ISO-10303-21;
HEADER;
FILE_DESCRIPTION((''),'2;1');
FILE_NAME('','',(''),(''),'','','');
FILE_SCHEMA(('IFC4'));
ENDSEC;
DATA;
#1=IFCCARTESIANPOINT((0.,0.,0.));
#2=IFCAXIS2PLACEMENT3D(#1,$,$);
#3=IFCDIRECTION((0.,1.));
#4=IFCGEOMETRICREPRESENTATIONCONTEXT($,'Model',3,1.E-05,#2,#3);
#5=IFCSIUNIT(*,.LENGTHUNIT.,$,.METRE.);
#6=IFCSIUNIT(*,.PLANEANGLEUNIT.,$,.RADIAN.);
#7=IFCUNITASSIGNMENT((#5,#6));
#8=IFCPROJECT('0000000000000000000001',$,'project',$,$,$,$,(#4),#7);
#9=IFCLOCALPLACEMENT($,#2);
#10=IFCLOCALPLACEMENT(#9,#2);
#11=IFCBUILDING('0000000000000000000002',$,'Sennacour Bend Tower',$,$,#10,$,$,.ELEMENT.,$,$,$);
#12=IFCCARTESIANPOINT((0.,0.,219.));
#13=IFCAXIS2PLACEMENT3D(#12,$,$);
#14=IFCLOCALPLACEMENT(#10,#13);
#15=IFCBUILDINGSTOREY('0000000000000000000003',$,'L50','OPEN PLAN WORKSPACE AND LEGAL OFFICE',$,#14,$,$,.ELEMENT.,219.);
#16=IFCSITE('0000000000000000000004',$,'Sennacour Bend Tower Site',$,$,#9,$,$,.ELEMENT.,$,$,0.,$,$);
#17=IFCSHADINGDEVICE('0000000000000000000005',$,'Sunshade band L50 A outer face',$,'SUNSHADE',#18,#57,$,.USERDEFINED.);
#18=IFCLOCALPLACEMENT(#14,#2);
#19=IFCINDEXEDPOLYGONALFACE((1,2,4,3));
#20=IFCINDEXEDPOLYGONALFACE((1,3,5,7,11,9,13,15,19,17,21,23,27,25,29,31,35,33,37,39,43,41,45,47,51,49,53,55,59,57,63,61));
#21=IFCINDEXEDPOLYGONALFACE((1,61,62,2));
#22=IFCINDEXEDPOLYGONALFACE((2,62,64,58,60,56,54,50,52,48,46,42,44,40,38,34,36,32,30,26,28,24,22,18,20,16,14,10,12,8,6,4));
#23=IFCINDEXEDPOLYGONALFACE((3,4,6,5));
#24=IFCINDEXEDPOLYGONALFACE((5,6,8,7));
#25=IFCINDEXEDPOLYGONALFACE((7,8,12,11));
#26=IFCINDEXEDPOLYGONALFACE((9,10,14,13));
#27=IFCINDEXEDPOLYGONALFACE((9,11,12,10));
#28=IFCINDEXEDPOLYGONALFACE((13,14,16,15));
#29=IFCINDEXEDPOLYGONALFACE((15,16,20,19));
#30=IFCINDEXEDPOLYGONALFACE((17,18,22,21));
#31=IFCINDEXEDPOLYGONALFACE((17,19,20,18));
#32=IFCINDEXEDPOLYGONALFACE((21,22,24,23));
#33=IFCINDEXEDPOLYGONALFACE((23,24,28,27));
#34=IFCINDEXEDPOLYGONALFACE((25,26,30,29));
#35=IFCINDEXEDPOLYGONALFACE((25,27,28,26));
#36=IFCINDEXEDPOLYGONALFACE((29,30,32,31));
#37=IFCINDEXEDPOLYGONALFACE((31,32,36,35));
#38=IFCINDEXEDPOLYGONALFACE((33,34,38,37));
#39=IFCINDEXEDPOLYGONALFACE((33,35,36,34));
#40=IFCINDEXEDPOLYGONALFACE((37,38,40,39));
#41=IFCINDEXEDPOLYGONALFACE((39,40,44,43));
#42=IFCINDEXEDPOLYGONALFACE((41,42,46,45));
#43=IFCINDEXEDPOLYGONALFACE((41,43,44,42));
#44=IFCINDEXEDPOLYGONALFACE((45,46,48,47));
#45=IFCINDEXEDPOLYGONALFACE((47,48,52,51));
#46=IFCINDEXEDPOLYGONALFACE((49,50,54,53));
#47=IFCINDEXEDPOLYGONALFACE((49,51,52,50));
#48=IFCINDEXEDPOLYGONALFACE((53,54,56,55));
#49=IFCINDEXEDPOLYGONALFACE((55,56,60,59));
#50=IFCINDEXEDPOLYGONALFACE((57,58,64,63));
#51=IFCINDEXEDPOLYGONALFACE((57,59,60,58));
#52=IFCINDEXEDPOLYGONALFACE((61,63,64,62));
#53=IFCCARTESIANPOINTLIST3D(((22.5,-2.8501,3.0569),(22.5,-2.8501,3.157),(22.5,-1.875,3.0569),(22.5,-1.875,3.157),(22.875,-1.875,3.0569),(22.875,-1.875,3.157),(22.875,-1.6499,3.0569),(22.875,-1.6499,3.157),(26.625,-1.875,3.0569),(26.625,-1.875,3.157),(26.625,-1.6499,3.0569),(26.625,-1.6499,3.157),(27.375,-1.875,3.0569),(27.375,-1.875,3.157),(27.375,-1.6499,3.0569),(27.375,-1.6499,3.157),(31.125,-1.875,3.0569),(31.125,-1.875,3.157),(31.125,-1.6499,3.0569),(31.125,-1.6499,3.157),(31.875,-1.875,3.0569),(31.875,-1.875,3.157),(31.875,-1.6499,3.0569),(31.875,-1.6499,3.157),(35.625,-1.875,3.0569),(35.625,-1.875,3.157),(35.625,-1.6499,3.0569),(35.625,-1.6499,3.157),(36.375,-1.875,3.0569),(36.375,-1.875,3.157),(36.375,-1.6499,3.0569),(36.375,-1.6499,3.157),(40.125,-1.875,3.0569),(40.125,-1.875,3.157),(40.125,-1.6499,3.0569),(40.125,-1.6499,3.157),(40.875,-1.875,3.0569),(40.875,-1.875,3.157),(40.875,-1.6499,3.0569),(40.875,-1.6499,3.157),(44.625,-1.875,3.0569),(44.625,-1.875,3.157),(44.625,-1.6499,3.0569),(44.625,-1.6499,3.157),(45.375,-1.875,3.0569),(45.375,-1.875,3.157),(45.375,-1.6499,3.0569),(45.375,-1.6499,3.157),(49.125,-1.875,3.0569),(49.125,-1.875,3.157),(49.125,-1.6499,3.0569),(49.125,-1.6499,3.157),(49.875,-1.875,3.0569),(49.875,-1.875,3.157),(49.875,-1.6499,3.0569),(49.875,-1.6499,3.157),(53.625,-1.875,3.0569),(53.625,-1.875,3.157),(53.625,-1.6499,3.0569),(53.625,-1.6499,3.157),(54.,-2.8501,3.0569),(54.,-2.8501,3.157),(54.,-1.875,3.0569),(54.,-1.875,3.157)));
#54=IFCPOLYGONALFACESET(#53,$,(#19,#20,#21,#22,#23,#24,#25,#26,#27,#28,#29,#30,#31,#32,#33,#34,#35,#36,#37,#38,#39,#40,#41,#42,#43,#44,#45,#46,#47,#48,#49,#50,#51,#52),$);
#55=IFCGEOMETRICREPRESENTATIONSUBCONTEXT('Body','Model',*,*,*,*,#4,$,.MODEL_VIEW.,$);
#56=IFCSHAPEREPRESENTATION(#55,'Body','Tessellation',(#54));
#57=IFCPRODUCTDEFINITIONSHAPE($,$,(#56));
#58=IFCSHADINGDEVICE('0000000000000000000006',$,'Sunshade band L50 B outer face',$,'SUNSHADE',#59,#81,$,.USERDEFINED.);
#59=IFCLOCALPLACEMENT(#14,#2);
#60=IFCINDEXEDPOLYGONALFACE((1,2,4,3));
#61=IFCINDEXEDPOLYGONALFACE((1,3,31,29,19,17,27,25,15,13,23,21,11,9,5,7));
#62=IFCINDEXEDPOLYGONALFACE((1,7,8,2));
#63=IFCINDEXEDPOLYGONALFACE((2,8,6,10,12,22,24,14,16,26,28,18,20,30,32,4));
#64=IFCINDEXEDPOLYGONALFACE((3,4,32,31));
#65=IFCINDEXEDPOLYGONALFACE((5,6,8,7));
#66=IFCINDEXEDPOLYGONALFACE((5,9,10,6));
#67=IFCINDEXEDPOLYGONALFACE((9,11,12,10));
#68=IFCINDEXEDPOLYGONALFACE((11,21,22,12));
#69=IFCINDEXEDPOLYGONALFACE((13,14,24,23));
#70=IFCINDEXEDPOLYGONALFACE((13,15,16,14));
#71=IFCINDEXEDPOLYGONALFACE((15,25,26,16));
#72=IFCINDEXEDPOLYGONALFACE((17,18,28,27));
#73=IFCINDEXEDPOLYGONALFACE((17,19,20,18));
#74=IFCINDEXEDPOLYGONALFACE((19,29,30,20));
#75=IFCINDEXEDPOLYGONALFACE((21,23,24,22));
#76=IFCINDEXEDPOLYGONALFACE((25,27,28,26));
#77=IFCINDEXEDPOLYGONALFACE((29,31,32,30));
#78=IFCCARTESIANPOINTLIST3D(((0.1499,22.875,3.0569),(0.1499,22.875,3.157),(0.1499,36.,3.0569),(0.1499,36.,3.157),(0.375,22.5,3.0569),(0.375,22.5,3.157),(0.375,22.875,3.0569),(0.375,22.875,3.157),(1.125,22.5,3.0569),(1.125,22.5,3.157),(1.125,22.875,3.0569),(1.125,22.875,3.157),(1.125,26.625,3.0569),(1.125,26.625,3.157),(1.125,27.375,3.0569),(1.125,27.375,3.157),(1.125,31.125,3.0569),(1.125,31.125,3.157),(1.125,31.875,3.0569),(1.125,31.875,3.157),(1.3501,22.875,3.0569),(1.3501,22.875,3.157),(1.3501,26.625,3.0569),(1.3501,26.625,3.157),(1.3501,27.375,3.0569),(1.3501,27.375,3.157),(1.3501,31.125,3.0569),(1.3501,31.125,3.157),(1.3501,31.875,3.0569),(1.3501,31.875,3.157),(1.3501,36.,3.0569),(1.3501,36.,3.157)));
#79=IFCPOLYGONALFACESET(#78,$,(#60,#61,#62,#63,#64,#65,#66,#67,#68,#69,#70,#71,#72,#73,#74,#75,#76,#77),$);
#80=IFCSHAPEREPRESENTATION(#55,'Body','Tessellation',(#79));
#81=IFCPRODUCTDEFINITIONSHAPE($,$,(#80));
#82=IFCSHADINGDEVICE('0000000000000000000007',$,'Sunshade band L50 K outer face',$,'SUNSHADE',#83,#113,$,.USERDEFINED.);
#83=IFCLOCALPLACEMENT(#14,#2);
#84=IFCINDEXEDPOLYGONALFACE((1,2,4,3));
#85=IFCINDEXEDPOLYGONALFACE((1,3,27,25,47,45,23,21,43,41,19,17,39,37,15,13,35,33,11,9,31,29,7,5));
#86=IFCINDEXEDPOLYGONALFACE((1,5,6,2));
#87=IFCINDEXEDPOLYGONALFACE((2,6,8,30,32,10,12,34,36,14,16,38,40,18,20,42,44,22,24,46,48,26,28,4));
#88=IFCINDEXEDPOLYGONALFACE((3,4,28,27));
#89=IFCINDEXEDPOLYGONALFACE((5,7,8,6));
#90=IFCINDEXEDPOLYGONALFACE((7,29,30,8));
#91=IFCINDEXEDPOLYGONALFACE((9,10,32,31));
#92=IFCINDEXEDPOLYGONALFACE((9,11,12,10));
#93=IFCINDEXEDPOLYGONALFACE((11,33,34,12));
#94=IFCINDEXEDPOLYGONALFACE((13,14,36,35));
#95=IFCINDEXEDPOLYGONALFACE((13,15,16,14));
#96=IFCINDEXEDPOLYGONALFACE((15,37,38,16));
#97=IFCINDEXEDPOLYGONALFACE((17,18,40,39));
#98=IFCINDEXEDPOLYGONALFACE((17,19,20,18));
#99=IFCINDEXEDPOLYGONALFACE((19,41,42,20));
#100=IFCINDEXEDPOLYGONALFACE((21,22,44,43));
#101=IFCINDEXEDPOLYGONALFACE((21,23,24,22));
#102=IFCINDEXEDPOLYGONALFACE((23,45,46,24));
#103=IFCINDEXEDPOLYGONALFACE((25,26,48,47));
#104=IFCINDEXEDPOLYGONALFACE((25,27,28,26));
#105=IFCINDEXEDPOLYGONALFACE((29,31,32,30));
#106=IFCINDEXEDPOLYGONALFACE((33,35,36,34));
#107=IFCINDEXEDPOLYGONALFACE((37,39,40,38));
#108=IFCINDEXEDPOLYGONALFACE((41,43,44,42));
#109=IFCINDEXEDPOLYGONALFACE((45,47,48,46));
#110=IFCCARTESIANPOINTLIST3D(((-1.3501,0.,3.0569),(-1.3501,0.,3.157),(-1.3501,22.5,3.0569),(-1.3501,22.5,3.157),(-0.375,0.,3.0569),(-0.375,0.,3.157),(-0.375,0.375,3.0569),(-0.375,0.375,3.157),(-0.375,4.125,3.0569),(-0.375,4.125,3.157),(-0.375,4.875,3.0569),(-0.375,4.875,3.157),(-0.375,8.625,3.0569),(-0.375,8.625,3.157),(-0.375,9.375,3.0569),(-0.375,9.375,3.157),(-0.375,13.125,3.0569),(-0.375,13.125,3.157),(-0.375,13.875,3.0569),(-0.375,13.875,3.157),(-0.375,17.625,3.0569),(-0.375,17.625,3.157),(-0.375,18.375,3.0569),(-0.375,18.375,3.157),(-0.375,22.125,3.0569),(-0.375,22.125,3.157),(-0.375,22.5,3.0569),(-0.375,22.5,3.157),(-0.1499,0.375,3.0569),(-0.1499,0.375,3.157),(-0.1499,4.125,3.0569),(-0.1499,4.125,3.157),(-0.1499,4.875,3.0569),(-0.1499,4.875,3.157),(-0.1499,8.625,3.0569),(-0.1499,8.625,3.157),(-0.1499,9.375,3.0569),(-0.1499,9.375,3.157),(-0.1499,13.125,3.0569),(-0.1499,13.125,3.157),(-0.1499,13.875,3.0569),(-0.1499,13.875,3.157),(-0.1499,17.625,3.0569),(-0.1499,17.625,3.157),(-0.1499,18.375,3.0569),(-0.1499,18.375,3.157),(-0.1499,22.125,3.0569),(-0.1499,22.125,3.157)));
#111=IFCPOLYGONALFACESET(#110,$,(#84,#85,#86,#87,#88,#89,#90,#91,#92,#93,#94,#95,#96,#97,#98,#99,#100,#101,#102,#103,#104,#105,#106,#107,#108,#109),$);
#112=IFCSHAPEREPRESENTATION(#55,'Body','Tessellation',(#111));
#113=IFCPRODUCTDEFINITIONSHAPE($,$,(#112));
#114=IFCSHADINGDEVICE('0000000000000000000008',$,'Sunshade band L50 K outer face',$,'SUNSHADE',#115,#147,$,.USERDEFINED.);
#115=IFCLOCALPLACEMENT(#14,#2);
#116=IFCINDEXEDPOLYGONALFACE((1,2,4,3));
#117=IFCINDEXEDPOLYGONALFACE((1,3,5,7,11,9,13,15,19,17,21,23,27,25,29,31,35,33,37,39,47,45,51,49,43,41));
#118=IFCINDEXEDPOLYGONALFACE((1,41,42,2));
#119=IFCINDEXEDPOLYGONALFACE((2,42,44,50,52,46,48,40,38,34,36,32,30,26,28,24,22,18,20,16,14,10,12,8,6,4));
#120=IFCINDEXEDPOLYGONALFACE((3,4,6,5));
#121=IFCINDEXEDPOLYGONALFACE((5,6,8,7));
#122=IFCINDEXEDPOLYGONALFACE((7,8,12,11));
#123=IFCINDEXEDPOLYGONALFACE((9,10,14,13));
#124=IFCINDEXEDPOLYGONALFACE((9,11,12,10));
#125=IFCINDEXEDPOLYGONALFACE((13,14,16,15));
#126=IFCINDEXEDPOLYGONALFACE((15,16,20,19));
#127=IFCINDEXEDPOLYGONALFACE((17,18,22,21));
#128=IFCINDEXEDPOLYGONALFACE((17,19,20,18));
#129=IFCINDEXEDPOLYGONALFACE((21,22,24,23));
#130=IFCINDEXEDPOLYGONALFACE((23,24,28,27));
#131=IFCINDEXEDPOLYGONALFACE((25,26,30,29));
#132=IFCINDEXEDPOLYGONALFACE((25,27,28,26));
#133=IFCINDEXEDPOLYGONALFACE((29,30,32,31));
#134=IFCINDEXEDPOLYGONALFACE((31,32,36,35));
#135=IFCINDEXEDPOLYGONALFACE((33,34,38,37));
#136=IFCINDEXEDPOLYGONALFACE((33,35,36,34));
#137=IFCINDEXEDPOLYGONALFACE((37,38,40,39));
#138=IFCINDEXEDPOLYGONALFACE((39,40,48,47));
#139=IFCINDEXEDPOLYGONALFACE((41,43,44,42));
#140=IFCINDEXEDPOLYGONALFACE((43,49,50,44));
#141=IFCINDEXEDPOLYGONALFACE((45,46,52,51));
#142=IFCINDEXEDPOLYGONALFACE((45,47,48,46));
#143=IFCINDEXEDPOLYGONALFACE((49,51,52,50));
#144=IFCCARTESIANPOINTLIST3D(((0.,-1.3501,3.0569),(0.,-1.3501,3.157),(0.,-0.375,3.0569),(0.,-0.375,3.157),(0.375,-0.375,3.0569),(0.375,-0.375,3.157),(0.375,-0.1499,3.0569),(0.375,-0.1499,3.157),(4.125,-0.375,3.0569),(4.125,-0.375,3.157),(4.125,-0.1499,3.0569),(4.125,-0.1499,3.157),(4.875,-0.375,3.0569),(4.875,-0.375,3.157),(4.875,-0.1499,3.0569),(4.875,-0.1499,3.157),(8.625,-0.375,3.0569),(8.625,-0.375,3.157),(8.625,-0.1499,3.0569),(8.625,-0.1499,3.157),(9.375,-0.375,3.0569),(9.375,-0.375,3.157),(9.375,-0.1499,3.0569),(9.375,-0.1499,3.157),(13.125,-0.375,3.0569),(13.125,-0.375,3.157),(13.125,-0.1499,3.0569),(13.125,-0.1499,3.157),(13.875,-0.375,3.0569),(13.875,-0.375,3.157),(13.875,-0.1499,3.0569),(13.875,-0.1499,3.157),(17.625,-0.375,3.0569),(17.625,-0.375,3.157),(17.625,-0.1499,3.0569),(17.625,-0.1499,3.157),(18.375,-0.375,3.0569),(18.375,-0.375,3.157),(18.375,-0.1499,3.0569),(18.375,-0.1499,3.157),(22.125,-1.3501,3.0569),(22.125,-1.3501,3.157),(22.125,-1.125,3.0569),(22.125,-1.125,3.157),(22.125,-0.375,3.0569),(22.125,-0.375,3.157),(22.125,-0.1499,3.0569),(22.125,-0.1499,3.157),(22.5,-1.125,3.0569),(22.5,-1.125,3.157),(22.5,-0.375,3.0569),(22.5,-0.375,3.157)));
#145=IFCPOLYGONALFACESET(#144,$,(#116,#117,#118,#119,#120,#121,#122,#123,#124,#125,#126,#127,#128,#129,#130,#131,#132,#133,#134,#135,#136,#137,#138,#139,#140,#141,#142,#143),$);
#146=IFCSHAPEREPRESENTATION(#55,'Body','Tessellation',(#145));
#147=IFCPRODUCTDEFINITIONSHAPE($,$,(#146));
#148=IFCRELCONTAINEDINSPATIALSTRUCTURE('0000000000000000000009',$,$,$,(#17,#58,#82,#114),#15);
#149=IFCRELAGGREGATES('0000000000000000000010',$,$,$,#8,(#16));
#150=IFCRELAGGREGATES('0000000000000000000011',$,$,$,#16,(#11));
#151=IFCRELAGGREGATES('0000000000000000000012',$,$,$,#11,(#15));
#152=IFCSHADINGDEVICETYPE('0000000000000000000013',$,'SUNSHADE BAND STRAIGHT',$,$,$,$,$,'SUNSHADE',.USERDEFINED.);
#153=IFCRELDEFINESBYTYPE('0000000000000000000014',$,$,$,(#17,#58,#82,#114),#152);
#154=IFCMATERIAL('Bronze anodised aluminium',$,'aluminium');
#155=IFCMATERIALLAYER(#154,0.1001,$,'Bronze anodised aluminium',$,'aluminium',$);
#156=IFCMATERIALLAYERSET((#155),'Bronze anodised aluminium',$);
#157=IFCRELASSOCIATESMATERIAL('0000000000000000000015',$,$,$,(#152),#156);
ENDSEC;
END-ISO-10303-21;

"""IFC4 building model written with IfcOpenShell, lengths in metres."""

from ifc_helpers import new_model, si_unit, direction, frame, origin, place, context, subcontext, project, spatial, polyline, outline, extrude, material, layer, layer_set, type_object, element, save


model = new_model("IFC4")

# Units and contexts
model_context = context("Model", 3, precision=1e-05, world=origin(), true_north=direction((0.0, 1.0)))
body_context = subcontext(model_context, "Body", "Model", "MODEL_VIEW")
ifc_project = project(units=[si_unit("LENGTHUNIT", "METRE"), si_unit("PLANEANGLEUNIT", "RADIAN")], contexts=[model_context])

# Site, building, storey
site_placement = place(None, origin())
site = spatial("IfcSite", under=ifc_project, at=site_placement, Name="Sennacour Bend Tower Site", CompositionType="ELEMENT", RefElevation=0.0)
building_placement = place(site_placement, origin())
building = spatial("IfcBuilding", under=site, at=building_placement, Name="Sennacour Bend Tower", CompositionType="ELEMENT")
storey_placement = place(building_placement, frame((0.0, 0.0, 219.0)))
storey = spatial("IfcBuildingStorey", under=building, at=storey_placement, Name="L50", Description="OPEN PLAN WORKSPACE AND LEGAL OFFICE", CompositionType="ELEMENT", Elevation=219.0)

# Shading devices
ifc_material_1 = material(Name="Bronze anodised aluminium", Category="aluminium")
ifc_layer_1 = layer(ifc_material_1, 0.1001, Name="Bronze anodised aluminium", Category="aluminium")
ifc_layer_set_1 = layer_set([ifc_layer_1], Name="Bronze anodised aluminium")
shading_device_type_1 = type_object("IfcShadingDeviceType", Name="SUNSHADE BAND STRAIGHT", ElementType="SUNSHADE", PredefinedType="USERDEFINED", material=ifc_layer_set_1)
shading_device_1_placement = place(storey_placement, frame((0.0, 0.0, 3.0569)))
element("IfcShadingDevice", 1, at=shading_device_1_placement, inside=storey, type_object=shading_device_type_1, Name="Sunshade band L50 A outer face", ObjectType="SUNSHADE", PredefinedType="USERDEFINED", context=body_context, shape_type="SweptSolid", body=[
    extrude(outline(polyline([(26.625, -1.6499), (26.625, -1.875), (27.375, -1.875), (27.375, -1.6499), (31.125, -1.6499), (31.125, -1.875), (31.875, -1.875), (31.875, -1.6499), (35.625, -1.6499), (35.625, -1.875), (36.375, -1.875), (36.375, -1.6499), (40.125, -1.6499), (40.125, -1.875), (40.875, -1.875), (40.875, -1.6499), (44.625, -1.6499), (44.625, -1.875), (45.375, -1.875), (45.375, -1.6499), (49.125, -1.6499), (49.125, -1.875), (49.875, -1.875), (49.875, -1.6499), (53.625, -1.6499), (53.625, -1.875), (54.0, -1.875), (54.0, -2.8501), (22.5, -2.8501), (22.5, -1.875), (22.875, -1.875), (22.875, -1.6499), (26.625, -1.6499)])), origin(), (0.0, 0.0, 1.0), 0.1001),
])
shading_device_2_placement = place(storey_placement, frame((0.0, 0.0, 3.0569)))
element("IfcShadingDevice", 2, at=shading_device_2_placement, inside=storey, type_object=shading_device_type_1, Name="Sunshade band L50 B outer face", ObjectType="SUNSHADE", PredefinedType="USERDEFINED", context=body_context, shape_type="SweptSolid", body=[
    extrude(outline(polyline([(1.3501, 31.875), (1.125, 31.875), (1.125, 31.125), (1.3501, 31.125), (1.3501, 27.375), (1.125, 27.375), (1.125, 26.625), (1.3501, 26.625), (1.3501, 22.875), (1.125, 22.875), (1.125, 22.5), (0.375, 22.5), (0.375, 22.875), (0.1499, 22.875), (0.1499, 36.0), (1.3501, 36.0), (1.3501, 31.875)])), origin(), (0.0, 0.0, 1.0), 0.1001),
])
shading_device_3_placement = place(storey_placement, frame((0.0, 0.0, 3.0569)))
element("IfcShadingDevice", 3, at=shading_device_3_placement, inside=storey, type_object=shading_device_type_1, Name="Sunshade band L50 K outer face", ObjectType="SUNSHADE", PredefinedType="USERDEFINED", context=body_context, shape_type="SweptSolid", body=[
    extrude(outline(polyline([(-0.1499, 18.375), (-0.375, 18.375), (-0.375, 17.625), (-0.1499, 17.625), (-0.1499, 13.875), (-0.375, 13.875), (-0.375, 13.125), (-0.1499, 13.125), (-0.1499, 9.375), (-0.375, 9.375), (-0.375, 8.625), (-0.1499, 8.625), (-0.1499, 4.875), (-0.375, 4.875), (-0.375, 4.125), (-0.1499, 4.125), (-0.1499, 0.375), (-0.375, 0.375), (-0.375, 0.0), (-1.3501, 0.0), (-1.3501, 22.5), (-0.375, 22.5), (-0.375, 22.125), (-0.1499, 22.125), (-0.1499, 18.375)])), origin(), (0.0, 0.0, 1.0), 0.1001),
])
shading_device_4_placement = place(storey_placement, frame((0.0, 0.0, 3.0569)))
element("IfcShadingDevice", 4, at=shading_device_4_placement, inside=storey, type_object=shading_device_type_1, Name="Sunshade band L50 K outer face", ObjectType="SUNSHADE", PredefinedType="USERDEFINED", context=body_context, shape_type="SweptSolid", body=[
    extrude(outline(polyline([(4.125, -0.1499), (4.125, -0.375), (4.875, -0.375), (4.875, -0.1499), (8.625, -0.1499), (8.625, -0.375), (9.375, -0.375), (9.375, -0.1499), (13.125, -0.1499), (13.125, -0.375), (13.875, -0.375), (13.875, -0.1499), (17.625, -0.1499), (17.625, -0.375), (18.375, -0.375), (18.375, -0.1499), (22.125, -0.1499), (22.125, -0.375), (22.5, -0.375), (22.5, -1.125), (22.125, -1.125), (22.125, -1.3501), (0.0, -1.3501), (0.0, -0.375), (0.375, -0.375), (0.375, -0.1499), (4.125, -0.1499)])), origin(), (0.0, 0.0, 1.0), 0.1001),
])

save(model, "model.ifc")
